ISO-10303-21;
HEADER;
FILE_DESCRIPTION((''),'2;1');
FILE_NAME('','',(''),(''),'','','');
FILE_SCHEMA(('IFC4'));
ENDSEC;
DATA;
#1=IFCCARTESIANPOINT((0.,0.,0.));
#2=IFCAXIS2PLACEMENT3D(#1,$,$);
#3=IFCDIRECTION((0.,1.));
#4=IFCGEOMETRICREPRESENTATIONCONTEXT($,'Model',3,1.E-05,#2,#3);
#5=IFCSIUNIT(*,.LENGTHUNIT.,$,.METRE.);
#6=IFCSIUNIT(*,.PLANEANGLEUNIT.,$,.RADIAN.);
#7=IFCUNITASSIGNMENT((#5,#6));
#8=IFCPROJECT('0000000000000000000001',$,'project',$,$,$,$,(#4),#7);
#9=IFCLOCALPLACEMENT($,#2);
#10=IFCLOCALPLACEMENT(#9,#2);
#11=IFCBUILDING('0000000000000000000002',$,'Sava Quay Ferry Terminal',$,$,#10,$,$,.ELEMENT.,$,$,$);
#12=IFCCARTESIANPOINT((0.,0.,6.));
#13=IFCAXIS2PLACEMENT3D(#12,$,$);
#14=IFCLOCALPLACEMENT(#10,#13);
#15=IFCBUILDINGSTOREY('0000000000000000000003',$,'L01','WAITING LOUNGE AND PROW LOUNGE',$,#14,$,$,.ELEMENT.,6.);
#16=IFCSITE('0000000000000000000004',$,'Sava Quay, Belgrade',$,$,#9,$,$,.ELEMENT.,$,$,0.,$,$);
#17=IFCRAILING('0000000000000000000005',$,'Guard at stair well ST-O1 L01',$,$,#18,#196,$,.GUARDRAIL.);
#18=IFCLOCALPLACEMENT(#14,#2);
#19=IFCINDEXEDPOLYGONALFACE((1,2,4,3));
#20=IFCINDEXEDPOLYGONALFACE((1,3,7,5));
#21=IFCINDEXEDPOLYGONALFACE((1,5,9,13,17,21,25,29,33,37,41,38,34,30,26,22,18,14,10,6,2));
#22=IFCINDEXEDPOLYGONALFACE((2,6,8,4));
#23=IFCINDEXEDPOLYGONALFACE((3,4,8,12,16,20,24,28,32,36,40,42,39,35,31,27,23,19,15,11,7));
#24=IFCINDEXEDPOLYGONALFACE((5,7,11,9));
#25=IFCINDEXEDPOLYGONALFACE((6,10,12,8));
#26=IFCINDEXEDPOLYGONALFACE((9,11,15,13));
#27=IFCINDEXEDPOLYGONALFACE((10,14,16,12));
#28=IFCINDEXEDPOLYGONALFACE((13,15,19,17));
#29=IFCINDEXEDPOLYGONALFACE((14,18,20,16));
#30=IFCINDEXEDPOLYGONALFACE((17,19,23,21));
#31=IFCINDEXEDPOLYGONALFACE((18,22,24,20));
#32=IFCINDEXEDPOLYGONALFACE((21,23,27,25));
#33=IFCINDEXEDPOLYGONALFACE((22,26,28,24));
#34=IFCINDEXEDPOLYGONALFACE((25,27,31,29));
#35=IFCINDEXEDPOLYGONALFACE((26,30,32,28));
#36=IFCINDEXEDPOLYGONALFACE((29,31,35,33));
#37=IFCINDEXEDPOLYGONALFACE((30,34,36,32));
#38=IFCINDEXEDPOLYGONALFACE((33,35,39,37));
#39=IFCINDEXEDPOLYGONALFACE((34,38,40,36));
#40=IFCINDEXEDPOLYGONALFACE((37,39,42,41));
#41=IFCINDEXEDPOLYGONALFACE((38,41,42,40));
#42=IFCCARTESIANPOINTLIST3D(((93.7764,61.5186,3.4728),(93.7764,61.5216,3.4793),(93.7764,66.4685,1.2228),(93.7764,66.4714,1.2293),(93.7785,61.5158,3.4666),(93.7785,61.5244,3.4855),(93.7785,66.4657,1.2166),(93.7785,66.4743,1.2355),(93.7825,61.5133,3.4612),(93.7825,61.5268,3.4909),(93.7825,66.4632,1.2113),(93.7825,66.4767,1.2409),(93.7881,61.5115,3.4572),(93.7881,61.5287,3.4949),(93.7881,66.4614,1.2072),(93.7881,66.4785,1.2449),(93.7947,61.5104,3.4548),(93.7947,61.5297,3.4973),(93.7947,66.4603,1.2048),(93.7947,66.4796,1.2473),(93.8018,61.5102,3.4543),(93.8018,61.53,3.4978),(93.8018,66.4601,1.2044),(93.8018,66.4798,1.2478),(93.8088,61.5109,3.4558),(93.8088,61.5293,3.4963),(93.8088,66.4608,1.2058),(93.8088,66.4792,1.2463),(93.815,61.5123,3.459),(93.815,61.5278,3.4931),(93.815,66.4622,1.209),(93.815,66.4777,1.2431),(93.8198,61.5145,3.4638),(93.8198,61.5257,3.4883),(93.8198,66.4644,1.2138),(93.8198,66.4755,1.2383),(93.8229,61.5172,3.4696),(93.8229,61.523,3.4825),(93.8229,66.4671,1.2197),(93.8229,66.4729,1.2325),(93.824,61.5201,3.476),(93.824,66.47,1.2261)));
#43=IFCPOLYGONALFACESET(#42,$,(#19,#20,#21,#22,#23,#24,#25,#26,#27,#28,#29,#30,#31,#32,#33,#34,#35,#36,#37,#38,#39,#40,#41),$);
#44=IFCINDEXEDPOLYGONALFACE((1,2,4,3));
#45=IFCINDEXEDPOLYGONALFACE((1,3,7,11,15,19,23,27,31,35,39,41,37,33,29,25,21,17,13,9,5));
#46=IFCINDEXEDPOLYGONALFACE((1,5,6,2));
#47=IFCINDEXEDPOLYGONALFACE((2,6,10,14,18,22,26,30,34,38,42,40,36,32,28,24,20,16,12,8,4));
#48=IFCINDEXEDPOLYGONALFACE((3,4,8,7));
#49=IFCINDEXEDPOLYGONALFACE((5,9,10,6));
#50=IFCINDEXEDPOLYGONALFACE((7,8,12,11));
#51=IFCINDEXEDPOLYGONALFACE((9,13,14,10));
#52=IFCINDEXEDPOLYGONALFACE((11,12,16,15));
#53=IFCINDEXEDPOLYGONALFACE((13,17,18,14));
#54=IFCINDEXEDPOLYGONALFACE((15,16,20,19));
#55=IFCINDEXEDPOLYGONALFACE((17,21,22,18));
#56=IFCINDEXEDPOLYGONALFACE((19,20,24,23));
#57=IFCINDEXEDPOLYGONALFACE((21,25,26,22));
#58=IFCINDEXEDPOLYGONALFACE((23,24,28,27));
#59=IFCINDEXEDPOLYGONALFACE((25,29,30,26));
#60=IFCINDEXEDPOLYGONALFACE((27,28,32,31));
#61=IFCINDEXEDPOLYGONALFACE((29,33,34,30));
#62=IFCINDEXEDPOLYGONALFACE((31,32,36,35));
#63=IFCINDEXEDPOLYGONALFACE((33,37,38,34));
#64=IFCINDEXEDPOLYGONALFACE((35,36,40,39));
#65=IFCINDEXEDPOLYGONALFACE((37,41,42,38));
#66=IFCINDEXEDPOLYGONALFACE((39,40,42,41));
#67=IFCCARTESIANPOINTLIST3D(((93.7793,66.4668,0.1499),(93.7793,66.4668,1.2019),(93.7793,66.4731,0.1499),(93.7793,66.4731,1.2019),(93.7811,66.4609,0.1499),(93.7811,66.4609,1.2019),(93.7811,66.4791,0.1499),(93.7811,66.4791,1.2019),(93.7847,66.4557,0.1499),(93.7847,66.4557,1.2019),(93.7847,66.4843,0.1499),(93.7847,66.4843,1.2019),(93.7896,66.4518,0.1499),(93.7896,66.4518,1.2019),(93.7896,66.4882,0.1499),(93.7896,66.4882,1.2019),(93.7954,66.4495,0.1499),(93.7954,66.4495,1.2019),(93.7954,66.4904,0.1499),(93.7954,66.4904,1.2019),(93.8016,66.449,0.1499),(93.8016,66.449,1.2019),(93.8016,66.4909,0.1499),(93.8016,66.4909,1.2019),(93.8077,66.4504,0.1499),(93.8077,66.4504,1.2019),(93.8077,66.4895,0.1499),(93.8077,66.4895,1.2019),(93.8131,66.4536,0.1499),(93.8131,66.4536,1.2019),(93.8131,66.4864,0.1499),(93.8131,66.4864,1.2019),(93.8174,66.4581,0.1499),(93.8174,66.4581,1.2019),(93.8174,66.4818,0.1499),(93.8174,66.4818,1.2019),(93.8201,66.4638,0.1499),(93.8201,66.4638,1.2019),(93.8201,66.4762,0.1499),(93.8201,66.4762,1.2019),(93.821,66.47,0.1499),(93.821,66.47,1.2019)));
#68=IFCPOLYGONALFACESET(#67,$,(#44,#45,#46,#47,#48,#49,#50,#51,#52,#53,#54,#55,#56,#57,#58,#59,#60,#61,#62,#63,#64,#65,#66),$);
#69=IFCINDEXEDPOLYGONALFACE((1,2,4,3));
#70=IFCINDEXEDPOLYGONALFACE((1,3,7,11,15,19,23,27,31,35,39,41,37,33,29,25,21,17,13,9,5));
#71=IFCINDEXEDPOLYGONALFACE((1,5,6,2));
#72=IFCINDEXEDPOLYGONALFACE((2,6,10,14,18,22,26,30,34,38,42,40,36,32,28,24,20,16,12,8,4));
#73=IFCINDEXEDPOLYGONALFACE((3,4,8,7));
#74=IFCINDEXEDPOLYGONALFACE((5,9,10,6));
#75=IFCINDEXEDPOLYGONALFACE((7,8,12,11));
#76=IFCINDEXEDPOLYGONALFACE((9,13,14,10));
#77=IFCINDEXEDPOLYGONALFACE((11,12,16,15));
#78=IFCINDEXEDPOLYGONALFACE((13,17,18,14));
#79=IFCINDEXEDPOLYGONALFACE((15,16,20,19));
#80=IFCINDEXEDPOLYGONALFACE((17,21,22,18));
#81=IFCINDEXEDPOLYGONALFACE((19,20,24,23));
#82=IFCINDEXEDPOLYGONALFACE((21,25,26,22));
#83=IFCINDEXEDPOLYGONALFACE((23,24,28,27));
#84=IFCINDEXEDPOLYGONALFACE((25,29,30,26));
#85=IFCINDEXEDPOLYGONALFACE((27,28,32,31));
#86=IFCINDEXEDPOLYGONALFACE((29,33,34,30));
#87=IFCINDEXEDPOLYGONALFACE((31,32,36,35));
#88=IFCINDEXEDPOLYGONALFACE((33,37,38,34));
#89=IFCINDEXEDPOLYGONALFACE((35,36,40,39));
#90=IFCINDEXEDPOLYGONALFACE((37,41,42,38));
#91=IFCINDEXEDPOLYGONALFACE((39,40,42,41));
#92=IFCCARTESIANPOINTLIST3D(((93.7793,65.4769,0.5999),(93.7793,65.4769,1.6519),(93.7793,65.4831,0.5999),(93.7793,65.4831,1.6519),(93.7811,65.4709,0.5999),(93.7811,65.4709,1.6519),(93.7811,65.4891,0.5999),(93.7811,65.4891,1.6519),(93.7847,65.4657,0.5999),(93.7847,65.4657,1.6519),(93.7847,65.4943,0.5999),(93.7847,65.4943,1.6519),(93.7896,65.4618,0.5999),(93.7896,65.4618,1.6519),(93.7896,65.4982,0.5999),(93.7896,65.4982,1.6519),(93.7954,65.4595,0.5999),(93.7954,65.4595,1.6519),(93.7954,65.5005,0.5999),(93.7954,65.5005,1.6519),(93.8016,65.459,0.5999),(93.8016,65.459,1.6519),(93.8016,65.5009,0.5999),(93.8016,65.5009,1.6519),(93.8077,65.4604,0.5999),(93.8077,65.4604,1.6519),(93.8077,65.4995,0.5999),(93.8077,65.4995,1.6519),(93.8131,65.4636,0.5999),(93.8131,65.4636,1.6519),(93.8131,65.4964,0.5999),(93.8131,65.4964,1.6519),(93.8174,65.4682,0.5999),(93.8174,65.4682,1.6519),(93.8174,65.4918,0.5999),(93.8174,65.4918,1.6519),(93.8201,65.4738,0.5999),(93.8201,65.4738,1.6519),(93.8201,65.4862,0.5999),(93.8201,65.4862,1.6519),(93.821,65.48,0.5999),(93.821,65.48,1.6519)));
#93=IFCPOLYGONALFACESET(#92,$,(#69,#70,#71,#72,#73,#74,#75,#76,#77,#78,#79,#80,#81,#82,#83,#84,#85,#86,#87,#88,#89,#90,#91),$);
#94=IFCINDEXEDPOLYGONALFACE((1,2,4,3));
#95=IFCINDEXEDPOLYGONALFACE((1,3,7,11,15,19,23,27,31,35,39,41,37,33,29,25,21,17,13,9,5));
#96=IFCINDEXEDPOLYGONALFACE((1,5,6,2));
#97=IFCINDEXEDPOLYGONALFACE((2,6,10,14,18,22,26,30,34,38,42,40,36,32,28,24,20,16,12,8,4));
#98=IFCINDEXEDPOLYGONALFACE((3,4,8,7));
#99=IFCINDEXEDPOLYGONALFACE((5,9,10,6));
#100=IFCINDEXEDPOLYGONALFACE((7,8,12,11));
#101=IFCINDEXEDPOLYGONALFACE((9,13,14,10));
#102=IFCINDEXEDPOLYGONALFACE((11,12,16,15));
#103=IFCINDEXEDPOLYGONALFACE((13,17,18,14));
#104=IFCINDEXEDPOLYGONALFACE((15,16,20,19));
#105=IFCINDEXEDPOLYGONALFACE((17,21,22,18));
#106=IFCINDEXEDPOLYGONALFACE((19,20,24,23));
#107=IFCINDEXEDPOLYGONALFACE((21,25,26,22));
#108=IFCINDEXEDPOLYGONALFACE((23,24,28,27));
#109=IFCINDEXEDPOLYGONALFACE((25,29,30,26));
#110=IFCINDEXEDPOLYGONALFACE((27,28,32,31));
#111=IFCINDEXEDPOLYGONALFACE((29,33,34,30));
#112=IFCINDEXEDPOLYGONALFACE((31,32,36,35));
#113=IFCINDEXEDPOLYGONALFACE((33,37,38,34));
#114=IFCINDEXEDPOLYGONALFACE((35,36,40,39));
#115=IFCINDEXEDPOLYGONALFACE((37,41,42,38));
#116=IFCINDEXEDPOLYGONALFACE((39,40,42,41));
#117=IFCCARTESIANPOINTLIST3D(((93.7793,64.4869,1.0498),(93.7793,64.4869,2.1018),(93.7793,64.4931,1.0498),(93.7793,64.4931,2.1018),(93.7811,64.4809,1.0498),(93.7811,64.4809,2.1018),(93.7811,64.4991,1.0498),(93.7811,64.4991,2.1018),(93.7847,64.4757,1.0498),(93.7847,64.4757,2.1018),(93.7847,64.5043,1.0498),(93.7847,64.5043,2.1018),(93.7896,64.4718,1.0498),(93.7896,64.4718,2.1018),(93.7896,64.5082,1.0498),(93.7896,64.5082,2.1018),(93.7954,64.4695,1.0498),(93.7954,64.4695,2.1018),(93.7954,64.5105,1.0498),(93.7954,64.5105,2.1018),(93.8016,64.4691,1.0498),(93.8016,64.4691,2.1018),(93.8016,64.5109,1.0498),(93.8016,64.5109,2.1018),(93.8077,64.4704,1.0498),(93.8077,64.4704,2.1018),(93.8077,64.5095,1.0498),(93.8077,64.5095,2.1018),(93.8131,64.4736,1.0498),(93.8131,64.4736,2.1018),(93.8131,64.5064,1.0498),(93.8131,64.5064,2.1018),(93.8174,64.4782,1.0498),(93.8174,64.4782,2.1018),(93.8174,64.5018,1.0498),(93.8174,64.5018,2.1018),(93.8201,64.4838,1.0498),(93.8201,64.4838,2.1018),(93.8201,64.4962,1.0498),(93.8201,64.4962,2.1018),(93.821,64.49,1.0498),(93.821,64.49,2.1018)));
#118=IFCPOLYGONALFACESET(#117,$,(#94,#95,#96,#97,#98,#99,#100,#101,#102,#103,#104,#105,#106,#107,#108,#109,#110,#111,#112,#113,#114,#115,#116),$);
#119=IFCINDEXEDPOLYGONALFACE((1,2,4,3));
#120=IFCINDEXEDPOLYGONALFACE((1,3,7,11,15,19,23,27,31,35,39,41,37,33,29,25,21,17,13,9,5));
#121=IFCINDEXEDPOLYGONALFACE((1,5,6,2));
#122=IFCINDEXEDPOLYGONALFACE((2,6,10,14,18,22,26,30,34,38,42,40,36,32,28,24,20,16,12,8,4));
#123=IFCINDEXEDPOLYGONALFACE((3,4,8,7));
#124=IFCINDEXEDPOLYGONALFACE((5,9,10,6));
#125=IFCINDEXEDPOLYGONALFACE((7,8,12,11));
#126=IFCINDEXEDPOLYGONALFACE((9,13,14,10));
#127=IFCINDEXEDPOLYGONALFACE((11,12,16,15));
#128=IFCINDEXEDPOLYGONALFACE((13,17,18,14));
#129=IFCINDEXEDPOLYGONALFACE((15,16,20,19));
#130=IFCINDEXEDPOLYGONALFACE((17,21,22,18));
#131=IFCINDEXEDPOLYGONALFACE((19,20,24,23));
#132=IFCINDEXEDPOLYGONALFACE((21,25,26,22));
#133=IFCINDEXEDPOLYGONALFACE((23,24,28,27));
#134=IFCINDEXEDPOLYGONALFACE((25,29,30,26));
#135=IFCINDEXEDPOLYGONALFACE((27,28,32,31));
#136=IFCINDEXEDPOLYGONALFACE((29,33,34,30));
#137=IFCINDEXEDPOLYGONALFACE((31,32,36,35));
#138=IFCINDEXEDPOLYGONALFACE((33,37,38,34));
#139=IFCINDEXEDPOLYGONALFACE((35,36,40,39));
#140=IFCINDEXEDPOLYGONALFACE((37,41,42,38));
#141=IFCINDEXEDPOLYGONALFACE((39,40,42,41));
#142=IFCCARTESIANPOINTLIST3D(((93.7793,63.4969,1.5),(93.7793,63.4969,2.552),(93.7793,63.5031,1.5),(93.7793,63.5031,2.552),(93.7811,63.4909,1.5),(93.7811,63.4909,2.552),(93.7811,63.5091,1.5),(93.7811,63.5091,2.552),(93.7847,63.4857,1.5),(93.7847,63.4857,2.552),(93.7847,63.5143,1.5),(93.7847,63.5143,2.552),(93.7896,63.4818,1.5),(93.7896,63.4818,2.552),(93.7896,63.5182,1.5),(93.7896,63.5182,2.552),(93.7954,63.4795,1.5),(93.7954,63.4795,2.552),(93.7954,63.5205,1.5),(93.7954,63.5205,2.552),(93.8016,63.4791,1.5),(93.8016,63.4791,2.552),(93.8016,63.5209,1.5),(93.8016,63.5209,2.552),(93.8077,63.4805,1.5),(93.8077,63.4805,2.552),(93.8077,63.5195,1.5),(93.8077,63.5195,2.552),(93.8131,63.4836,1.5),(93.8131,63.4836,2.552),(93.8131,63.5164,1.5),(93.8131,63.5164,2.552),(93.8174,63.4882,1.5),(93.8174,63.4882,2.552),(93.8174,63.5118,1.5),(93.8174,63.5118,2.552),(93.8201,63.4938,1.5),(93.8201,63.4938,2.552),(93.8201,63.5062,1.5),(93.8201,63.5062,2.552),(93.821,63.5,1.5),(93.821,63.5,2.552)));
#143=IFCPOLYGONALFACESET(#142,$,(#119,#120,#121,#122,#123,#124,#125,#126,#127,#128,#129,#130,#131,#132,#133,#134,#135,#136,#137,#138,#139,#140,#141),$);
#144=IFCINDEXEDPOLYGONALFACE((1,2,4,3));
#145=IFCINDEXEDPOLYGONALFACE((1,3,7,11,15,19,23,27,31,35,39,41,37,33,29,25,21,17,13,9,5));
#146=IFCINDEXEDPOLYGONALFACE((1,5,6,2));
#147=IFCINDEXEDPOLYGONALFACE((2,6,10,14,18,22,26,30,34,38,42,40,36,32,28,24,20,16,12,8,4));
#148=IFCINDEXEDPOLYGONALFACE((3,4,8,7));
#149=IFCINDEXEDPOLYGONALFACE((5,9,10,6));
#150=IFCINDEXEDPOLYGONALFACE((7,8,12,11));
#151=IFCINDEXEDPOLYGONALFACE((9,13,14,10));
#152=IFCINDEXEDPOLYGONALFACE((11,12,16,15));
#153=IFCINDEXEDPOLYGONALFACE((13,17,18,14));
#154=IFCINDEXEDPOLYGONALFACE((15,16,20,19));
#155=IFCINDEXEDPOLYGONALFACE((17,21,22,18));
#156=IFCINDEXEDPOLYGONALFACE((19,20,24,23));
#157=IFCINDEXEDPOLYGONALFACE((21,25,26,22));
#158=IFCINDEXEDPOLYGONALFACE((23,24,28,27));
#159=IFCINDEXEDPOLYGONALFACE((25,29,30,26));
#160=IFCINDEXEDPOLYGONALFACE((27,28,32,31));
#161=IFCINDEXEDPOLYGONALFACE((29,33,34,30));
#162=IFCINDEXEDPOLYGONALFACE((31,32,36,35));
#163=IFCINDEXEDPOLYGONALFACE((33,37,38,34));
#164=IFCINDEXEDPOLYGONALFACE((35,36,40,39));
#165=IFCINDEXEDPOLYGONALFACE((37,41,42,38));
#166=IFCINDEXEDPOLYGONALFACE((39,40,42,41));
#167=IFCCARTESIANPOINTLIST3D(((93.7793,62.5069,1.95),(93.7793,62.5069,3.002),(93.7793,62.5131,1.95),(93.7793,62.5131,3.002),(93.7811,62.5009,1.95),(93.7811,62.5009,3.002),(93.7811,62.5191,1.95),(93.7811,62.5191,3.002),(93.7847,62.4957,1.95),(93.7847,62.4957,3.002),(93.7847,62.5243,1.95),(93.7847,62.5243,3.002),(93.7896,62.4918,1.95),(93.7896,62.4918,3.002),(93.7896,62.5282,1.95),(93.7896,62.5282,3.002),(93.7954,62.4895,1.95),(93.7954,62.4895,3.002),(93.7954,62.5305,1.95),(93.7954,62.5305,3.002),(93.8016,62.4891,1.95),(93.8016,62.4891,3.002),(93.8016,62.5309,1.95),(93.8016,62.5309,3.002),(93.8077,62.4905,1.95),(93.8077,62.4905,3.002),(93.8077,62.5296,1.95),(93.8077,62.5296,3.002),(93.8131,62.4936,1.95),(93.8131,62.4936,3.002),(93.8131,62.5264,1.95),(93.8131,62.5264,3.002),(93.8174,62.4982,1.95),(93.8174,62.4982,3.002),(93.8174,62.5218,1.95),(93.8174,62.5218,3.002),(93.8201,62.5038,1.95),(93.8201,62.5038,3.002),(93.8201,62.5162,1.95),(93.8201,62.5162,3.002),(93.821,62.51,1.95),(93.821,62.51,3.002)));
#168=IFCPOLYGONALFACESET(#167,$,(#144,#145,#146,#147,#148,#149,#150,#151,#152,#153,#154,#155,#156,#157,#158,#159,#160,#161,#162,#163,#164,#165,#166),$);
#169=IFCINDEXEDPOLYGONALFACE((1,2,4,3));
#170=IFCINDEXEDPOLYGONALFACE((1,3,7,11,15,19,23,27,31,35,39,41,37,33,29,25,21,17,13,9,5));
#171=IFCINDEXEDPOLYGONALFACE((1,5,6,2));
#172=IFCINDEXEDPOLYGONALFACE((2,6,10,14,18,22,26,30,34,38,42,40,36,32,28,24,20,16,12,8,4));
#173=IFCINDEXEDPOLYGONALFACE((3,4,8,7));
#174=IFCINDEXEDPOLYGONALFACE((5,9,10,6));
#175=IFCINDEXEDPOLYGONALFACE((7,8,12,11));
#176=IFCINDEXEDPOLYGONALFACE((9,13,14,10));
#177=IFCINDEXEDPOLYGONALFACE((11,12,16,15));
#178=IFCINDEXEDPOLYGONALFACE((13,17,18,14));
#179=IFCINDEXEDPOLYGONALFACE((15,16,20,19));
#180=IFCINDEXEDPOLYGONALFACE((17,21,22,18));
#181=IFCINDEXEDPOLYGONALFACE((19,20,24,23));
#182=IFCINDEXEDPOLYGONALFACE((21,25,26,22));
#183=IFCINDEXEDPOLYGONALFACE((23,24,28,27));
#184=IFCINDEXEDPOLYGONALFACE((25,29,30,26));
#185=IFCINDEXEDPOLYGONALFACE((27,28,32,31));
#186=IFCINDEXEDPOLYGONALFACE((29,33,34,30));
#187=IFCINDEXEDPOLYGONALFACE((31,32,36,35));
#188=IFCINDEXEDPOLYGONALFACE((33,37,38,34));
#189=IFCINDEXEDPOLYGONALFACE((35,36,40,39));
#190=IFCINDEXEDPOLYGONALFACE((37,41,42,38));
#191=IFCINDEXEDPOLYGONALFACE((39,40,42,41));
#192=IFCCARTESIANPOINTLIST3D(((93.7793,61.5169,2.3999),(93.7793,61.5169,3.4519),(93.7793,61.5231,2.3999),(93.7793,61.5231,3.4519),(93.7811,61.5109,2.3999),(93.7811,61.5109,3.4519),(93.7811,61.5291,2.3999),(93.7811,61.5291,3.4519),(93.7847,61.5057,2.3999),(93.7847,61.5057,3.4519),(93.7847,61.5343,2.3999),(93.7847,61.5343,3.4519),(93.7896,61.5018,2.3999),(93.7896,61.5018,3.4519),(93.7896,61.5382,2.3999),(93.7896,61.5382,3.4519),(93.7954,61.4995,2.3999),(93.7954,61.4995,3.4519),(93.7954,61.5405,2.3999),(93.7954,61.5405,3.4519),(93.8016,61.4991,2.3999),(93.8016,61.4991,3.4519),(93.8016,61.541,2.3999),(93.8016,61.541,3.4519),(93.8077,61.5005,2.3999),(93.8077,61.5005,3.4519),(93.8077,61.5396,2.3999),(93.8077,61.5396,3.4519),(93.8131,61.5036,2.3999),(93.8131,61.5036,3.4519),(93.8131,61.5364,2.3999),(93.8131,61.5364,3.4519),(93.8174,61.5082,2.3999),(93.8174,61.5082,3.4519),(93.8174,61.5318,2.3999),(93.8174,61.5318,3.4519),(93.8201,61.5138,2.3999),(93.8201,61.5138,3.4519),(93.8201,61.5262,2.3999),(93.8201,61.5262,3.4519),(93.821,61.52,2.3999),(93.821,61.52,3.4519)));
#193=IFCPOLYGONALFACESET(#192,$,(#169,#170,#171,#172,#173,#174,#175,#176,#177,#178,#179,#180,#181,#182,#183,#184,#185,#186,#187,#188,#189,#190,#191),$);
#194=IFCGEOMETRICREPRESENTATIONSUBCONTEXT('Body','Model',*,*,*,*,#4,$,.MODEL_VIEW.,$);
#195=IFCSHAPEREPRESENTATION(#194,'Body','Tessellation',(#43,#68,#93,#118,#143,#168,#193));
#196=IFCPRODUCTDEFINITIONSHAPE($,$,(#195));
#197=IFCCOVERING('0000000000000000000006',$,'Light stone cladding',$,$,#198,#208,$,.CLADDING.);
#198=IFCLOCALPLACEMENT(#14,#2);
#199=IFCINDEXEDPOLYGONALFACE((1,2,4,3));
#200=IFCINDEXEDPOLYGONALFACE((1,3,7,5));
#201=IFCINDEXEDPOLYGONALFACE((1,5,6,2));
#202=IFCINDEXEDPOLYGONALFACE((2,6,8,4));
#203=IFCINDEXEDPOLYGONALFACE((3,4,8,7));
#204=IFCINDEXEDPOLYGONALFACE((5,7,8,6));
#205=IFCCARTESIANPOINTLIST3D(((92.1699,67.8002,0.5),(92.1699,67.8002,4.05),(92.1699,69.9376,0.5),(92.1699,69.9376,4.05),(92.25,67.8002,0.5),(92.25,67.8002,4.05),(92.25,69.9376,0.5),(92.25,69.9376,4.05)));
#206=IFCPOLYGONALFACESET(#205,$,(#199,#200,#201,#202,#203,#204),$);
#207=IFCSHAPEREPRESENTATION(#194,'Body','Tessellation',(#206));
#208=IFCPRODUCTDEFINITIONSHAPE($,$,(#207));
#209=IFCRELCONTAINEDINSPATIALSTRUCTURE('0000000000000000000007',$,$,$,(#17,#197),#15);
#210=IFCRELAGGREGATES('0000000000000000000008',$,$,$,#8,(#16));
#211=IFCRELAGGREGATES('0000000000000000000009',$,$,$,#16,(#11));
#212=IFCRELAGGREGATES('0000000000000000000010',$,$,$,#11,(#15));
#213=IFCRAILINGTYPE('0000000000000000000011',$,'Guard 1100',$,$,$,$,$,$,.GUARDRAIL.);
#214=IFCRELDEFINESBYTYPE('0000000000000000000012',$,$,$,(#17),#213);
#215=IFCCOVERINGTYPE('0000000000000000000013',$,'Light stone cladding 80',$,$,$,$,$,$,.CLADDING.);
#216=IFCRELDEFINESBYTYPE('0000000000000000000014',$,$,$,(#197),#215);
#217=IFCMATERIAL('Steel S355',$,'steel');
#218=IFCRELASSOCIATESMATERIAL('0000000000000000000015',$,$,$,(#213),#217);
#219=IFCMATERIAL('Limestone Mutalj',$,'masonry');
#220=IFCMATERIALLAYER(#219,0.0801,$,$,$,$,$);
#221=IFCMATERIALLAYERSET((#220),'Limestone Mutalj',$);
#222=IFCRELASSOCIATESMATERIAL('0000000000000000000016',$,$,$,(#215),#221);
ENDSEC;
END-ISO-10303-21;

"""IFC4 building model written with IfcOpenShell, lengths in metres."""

from ifc_helpers import new_model, si_unit, direction, frame, origin, origin_2d, place, context, subcontext, project, spatial, rectangle, circle, extrude, material, layer, layer_set, type_object, element, save


model = new_model("IFC4")

# Units and contexts
model_context = context("Model", 3, precision=1e-05, world=origin(), true_north=direction((0.0, 1.0)))
body_context = subcontext(model_context, "Body", "Model", "MODEL_VIEW")
ifc_project = project(units=[si_unit("LENGTHUNIT", "METRE"), si_unit("PLANEANGLEUNIT", "RADIAN")], contexts=[model_context])

# Site, building, storey
site_placement = place(None, origin())
site = spatial("IfcSite", under=ifc_project, at=site_placement, Name="Sava Quay, Belgrade", CompositionType="ELEMENT", RefElevation=0.0)
building_placement = place(site_placement, origin())
building = spatial("IfcBuilding", under=site, at=building_placement, Name="Sava Quay Ferry Terminal", CompositionType="ELEMENT")
storey_placement = place(building_placement, frame((0.0, 0.0, 6.0)))
storey = spatial("IfcBuildingStorey", under=building, at=storey_placement, Name="L01", Description="WAITING LOUNGE AND PROW LOUNGE", CompositionType="ELEMENT", Elevation=6.0)

# Railing
ifc_material_1 = material(Name="Steel S355", Category="steel")
railing_type_1 = type_object("IfcRailingType", Name="Guard 1100", PredefinedType="GUARDRAIL", material=ifc_material_1)
railing_1_placement = place(storey_placement, frame((93.8, 66.47, 0.1499)))
element("IfcRailing", 1, at=railing_1_placement, inside=storey, type_object=railing_type_1, Name="Guard at stair well ST-O1 L01", PredefinedType="GUARDRAIL", context=body_context, shape_type="SweptSolid", body=[
    extrude(circle(Radius=0.0239, at=origin_2d()), frame((0.0, 0.0, 1.0762), z_axis=(0.0, -0.910365, 0.413806), x_axis=(1.0, 0.0, 0.0)), (0.0, 0.0, 1.0), 5.4373),
    extrude(circle(Radius=0.021, at=origin_2d()), origin(), (0.0, 0.0, 1.0), 1.052),
    extrude(circle(Radius=0.021, at=origin_2d()), frame((0.0, -0.99, 0.45)), (0.0, 0.0, 1.0), 1.052),
    extrude(circle(Radius=0.021, at=origin_2d()), frame((0.0, -1.98, 0.8999)), (0.0, 0.0, 1.0), 1.052),
    extrude(circle(Radius=0.021, at=origin_2d()), frame((0.0, -2.97, 1.3501)), (0.0, 0.0, 1.0), 1.052),
    extrude(circle(Radius=0.021, at=origin_2d()), frame((0.0, -3.96, 1.8)), (0.0, 0.0, 1.0), 1.052),
    extrude(circle(Radius=0.021, at=origin_2d()), frame((0.0, -4.95, 2.25)), (0.0, 0.0, 1.0), 1.052),
])

# Covering
ifc_material_2 = material(Name="Limestone Mutalj", Category="masonry")
ifc_layer_1 = layer(ifc_material_2, 0.0801)
ifc_layer_set_1 = layer_set([ifc_layer_1], Name="Limestone Mutalj")
covering_type_1 = type_object("IfcCoveringType", Name="Light stone cladding 80", PredefinedType="CLADDING", material=ifc_layer_set_1)
covering_1_placement = place(storey_placement, frame((92.21, 68.8689, 0.5), z_axis=(0.0, 0.0, 1.0), x_axis=(1.0, 0.0, 0.0)))
element("IfcCovering", 2, at=covering_1_placement, inside=storey, type_object=covering_type_1, Name="Light stone cladding", PredefinedType="CLADDING", context=body_context, shape_type="SweptSolid", body=[
    extrude(rectangle(XDim=0.0801, YDim=2.1375, at=origin_2d()), origin(), (0.0, 0.0, 1.0), 3.55),
])

save(model, "model.ifc")
